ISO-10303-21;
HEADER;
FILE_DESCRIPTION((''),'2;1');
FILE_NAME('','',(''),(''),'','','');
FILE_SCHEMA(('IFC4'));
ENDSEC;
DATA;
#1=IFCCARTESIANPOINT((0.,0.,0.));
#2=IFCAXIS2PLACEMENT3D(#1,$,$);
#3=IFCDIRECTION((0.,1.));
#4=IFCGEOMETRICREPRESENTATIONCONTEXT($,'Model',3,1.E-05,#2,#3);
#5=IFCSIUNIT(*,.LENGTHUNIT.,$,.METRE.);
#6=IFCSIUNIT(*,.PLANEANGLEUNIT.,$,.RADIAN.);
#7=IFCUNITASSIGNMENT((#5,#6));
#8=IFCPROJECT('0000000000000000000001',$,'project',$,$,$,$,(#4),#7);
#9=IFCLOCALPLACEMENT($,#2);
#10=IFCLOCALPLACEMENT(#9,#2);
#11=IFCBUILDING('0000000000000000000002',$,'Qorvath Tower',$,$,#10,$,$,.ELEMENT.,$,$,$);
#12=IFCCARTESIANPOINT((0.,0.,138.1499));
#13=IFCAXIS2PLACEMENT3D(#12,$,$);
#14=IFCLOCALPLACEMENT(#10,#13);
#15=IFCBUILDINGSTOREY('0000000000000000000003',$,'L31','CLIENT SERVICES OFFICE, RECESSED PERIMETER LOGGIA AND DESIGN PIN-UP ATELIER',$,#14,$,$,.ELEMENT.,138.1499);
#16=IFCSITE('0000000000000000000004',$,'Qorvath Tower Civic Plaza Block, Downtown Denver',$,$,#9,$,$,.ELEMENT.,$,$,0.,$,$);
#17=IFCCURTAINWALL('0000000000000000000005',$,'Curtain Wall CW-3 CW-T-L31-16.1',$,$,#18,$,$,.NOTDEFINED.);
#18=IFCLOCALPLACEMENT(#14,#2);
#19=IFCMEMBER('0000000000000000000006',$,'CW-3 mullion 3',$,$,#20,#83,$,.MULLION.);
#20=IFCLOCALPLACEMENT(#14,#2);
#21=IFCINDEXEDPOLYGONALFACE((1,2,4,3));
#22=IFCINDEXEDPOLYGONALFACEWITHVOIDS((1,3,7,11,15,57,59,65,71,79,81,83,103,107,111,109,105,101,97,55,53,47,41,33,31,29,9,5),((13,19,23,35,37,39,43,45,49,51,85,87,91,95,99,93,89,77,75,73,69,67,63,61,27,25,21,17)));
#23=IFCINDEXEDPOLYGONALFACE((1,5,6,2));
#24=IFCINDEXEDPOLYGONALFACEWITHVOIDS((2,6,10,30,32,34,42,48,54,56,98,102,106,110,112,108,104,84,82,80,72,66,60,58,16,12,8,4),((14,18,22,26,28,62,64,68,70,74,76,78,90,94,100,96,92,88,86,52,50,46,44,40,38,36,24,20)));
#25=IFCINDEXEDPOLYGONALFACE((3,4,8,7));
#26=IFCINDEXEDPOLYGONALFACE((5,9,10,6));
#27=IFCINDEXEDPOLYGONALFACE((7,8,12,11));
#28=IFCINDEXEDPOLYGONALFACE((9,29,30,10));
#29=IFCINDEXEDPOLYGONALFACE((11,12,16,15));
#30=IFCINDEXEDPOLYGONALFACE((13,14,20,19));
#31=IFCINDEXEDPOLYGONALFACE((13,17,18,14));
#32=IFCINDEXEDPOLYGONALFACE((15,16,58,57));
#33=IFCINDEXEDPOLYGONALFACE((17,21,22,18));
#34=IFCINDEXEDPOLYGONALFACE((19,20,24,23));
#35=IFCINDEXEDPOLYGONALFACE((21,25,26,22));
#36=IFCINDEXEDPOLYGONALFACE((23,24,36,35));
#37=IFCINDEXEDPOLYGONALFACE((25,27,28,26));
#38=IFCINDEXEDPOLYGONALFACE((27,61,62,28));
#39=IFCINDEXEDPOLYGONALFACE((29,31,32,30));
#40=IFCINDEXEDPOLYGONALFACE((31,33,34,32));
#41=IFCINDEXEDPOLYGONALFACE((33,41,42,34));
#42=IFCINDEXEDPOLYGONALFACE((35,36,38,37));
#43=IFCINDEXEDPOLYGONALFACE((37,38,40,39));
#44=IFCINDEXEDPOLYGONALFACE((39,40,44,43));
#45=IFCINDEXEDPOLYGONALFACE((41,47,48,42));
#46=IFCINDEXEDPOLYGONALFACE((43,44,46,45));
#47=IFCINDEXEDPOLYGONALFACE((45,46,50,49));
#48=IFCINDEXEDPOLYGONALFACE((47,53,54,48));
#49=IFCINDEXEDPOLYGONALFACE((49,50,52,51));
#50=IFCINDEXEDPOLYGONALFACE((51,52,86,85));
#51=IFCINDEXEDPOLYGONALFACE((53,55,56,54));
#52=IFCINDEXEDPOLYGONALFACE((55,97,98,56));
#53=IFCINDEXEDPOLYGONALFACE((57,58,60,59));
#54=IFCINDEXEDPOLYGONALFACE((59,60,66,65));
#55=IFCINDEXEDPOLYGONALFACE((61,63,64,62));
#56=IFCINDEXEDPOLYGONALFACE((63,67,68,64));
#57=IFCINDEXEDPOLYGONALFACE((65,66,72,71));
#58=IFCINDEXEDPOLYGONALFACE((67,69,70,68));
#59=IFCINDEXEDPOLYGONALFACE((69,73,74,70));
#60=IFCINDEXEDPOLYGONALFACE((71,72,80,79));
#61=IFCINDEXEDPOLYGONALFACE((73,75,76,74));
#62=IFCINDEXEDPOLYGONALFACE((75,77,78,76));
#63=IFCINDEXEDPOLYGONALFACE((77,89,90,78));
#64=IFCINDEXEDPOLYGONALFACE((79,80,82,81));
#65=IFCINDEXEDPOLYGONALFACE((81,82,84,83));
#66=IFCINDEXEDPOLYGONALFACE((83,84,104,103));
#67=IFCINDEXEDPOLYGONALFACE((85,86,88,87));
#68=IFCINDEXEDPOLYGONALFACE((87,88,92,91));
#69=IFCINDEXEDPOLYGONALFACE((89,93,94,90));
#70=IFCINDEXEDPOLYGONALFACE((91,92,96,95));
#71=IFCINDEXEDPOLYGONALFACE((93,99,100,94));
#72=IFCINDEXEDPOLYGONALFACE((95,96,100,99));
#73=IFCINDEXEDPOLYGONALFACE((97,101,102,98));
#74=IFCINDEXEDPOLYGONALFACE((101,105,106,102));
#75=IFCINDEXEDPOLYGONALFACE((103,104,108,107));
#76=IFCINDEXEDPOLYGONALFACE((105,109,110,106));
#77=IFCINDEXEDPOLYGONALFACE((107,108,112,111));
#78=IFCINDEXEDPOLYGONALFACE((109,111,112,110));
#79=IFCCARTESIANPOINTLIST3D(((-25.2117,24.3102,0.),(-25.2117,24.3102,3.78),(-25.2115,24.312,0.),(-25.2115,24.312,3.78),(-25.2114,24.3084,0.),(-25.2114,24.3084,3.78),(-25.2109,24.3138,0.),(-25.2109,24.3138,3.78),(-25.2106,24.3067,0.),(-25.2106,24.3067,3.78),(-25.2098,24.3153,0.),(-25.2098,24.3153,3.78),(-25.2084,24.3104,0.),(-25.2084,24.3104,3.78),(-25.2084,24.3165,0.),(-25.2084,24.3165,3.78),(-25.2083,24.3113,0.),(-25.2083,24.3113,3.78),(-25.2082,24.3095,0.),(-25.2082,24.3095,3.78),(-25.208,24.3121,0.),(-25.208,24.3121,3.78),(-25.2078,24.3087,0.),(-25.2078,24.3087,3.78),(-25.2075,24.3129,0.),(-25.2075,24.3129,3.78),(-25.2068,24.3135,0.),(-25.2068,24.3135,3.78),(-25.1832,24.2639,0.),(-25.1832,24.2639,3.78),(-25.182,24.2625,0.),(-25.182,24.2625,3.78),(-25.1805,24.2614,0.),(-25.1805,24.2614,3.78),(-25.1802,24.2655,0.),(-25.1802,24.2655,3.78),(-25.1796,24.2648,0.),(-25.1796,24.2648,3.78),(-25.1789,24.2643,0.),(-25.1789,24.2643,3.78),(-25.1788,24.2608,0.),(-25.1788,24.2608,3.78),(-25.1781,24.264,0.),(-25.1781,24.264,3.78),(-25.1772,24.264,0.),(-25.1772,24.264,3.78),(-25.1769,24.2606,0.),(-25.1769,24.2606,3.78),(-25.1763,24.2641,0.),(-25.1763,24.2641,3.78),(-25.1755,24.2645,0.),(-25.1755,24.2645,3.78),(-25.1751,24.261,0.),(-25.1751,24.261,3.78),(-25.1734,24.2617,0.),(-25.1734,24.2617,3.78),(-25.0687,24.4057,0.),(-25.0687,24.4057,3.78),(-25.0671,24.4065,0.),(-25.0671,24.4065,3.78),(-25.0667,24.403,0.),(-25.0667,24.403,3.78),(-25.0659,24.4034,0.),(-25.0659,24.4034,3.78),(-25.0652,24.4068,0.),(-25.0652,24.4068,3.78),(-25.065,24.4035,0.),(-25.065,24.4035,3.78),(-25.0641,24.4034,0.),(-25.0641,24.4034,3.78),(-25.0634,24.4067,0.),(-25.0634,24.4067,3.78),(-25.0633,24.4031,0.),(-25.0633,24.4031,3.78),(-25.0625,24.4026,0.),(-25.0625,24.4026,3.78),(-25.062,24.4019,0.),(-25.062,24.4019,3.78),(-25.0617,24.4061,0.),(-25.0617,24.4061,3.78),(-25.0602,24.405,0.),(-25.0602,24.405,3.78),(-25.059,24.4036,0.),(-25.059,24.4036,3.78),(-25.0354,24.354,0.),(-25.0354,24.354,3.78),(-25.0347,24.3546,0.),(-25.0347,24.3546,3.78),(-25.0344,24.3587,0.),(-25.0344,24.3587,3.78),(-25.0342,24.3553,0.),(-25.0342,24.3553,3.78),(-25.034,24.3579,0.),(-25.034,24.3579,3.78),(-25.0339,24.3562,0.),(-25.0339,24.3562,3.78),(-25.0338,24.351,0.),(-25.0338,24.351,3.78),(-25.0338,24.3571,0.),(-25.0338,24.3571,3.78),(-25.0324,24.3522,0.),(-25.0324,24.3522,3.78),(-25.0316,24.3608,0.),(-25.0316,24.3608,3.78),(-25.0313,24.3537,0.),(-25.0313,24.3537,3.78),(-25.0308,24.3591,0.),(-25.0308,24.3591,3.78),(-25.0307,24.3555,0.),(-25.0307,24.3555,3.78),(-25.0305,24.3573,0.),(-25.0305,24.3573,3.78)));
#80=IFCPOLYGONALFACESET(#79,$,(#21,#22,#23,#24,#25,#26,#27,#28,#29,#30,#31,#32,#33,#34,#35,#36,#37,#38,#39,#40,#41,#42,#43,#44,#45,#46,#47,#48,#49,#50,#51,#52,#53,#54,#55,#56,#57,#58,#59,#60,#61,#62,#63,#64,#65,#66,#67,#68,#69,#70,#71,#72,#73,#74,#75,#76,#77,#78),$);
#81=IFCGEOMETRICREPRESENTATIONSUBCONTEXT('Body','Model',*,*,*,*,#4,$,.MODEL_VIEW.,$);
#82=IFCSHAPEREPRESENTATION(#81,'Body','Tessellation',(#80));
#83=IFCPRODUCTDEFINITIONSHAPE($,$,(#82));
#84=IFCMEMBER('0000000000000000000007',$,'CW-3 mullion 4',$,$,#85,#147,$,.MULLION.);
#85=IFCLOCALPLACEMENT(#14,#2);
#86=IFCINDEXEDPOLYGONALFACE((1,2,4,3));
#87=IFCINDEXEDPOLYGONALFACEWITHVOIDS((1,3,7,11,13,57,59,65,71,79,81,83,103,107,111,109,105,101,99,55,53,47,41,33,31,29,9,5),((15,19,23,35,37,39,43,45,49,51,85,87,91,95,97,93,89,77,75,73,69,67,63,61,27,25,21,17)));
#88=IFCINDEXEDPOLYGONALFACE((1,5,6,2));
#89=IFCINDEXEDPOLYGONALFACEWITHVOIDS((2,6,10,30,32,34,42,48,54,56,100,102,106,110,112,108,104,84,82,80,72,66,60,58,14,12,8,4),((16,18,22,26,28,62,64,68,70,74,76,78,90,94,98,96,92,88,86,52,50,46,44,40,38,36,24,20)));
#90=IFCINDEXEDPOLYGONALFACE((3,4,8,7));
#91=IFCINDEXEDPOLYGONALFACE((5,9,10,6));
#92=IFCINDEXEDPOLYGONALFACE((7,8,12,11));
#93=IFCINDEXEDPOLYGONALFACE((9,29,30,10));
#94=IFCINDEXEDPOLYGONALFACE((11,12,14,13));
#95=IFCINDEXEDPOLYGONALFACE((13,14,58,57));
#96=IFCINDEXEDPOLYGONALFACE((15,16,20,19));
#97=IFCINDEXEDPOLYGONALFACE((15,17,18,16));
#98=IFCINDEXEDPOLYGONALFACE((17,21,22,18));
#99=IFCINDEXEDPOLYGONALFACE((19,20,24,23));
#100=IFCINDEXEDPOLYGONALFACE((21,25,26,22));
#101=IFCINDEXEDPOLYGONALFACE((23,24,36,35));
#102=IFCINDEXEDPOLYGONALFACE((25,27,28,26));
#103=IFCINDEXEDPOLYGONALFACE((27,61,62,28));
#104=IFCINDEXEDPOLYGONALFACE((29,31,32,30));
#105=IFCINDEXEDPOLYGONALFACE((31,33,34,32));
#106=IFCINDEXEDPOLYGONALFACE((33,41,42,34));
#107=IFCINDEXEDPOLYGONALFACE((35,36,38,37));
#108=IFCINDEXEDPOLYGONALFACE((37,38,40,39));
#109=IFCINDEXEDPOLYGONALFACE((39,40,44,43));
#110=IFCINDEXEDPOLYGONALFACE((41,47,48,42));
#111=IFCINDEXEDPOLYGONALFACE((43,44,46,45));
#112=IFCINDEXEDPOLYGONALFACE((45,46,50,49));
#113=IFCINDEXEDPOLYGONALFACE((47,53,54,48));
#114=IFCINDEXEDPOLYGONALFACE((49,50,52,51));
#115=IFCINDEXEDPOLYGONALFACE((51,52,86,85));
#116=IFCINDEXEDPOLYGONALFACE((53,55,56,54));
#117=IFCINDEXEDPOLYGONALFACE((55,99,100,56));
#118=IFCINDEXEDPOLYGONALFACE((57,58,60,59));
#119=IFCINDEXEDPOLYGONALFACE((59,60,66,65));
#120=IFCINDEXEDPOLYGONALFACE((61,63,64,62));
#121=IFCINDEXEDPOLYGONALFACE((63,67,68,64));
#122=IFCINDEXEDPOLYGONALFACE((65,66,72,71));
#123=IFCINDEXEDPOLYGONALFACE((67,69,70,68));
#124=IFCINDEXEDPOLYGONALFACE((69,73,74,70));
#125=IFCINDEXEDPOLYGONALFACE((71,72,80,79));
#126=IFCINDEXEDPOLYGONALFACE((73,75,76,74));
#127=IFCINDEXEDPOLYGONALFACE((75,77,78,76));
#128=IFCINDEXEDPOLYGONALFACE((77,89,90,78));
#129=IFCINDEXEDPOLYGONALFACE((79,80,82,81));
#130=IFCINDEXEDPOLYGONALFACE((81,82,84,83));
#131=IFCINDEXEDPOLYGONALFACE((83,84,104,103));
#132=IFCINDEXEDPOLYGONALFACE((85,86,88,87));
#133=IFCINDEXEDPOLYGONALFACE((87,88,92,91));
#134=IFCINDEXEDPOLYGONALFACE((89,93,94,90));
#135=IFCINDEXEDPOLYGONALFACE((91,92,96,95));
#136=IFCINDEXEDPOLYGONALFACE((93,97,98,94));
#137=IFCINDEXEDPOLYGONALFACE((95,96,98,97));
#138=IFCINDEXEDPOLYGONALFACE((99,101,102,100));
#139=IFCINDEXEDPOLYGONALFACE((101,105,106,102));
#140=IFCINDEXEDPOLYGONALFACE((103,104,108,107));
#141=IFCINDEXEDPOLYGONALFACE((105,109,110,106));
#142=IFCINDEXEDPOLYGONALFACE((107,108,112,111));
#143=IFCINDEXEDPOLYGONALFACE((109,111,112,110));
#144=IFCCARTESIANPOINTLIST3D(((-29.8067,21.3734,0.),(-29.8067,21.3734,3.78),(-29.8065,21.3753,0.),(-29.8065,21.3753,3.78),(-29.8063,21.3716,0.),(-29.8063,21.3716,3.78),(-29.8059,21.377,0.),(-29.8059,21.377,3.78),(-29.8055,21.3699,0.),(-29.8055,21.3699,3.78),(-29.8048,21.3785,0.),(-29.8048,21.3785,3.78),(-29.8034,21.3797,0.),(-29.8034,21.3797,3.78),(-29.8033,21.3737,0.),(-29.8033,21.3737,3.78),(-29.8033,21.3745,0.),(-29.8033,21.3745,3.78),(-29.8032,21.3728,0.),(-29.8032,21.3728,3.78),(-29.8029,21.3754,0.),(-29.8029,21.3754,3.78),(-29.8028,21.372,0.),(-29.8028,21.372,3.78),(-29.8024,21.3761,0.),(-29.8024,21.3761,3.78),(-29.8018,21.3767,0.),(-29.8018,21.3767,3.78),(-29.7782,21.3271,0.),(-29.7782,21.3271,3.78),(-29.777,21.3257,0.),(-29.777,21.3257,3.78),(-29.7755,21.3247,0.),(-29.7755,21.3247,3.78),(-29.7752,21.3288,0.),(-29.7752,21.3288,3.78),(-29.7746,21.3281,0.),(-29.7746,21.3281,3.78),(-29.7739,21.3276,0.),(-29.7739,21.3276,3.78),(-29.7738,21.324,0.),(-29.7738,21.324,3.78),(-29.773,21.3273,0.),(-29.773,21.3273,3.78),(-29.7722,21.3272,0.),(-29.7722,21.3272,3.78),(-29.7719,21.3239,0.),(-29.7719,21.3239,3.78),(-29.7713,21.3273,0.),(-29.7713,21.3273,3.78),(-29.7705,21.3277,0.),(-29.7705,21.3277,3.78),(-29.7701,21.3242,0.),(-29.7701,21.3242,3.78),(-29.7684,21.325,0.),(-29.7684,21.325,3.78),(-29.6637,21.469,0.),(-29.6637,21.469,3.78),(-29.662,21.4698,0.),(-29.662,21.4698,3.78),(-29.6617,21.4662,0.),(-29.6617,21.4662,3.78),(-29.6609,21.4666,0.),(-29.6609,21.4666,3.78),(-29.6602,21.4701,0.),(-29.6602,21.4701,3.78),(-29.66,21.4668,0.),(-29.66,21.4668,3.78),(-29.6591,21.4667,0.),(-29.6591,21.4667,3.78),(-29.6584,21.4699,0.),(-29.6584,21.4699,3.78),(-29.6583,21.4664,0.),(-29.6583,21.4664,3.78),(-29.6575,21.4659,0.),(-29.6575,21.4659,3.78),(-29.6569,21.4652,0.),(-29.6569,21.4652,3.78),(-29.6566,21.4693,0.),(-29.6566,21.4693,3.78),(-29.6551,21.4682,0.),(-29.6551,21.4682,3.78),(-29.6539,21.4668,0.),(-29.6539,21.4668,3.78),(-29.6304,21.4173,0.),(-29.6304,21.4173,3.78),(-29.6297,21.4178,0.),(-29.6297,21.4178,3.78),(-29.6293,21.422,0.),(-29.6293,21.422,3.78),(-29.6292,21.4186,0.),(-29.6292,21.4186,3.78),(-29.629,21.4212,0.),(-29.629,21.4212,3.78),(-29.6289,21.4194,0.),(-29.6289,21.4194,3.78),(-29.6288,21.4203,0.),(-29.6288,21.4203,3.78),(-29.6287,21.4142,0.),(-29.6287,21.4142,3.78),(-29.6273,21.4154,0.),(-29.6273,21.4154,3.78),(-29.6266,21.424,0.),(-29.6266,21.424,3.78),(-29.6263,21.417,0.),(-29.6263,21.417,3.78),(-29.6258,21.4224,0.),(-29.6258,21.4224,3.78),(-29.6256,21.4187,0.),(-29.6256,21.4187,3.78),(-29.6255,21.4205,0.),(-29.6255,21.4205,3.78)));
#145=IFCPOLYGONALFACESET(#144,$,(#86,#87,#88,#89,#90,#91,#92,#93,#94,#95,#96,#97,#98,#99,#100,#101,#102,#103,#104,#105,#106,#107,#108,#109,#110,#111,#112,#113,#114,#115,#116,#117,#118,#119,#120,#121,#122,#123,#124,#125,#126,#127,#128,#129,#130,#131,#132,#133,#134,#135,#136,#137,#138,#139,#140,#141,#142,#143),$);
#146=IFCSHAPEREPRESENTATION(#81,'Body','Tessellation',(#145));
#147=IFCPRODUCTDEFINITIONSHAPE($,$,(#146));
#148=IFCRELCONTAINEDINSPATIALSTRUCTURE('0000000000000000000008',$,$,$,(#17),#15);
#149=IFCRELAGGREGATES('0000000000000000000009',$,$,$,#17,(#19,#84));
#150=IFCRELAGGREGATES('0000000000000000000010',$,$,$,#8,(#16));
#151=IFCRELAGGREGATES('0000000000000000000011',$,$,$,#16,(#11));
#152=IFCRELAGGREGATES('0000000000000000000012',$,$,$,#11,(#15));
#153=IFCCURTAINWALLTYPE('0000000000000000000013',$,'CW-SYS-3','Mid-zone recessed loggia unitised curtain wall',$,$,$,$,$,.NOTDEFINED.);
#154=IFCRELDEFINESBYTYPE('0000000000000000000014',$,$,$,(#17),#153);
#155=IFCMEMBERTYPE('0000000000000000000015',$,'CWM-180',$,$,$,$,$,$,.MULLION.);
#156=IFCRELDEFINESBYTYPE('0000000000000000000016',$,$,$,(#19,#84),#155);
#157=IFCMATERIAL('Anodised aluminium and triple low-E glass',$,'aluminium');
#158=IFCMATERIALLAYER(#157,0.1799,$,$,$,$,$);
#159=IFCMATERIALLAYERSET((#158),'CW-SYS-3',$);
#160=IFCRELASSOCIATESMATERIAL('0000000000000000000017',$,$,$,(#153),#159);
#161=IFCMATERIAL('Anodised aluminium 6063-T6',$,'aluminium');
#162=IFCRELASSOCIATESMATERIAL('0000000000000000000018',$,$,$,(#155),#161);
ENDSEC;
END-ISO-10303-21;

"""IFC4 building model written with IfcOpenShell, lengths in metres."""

from ifc_helpers import new_model, si_unit, direction, frame, origin, origin_2d, place, context, subcontext, project, spatial, hollow_rectangle, extrude, material, layer, layer_set, material_profile, profile_set, type_object, element, aggregate, save


model = new_model("IFC4")

# Units and contexts
model_context = context("Model", 3, precision=1e-05, world=origin(), true_north=direction((0.0, 1.0)))
body_context = subcontext(model_context, "Body", "Model", "MODEL_VIEW")
ifc_project = project(units=[si_unit("LENGTHUNIT", "METRE"), si_unit("PLANEANGLEUNIT", "RADIAN")], contexts=[model_context])

# Site, building, storey
site_placement = place(None, origin())
site = spatial("IfcSite", under=ifc_project, at=site_placement, Name="Qorvath Tower Civic Plaza Block, Downtown Denver", CompositionType="ELEMENT", RefElevation=0.0)
building_placement = place(site_placement, origin())
building = spatial("IfcBuilding", under=site, at=building_placement, Name="Qorvath Tower", CompositionType="ELEMENT")
storey_placement = place(building_placement, frame((0.0, 0.0, 138.1499)))
storey = spatial("IfcBuildingStorey", under=building, at=storey_placement, Name="L31", Description="CLIENT SERVICES OFFICE, RECESSED PERIMETER LOGGIA AND DESIGN PIN-UP ATELIER", CompositionType="ELEMENT", Elevation=138.1499)

# Curtain wall, members
ifc_material_1 = material(Name="Anodised aluminium and triple low-E glass", Category="aluminium")
ifc_layer_1 = layer(ifc_material_1, 0.1799)
ifc_layer_set_1 = layer_set([ifc_layer_1], Name="CW-SYS-3")
curtain_wall_type = type_object("IfcCurtainWallType", Name="CW-SYS-3", Description="Mid-zone recessed loggia unitised curtain wall", PredefinedType="NOTDEFINED", material=ifc_layer_set_1)
curtain_wall_placement = place(storey_placement, origin())
curtain_wall = element("IfcCurtainWall", 1, at=curtain_wall_placement, inside=storey, type_object=curtain_wall_type, Name="Curtain Wall CW-3 CW-T-L31-16.1", PredefinedType="NOTDEFINED")
ifc_material_2 = material(Name="Anodised aluminium 6063-T6", Category="aluminium")
ifc_material_profile_1 = material_profile(ifc_material_2, hollow_rectangle(XDim=0.0649, YDim=0.1799, WallThickness=0.0034, InnerFilletRadius=0.0034, OuterFilletRadius=0.0071, at=origin_2d()), Name="CWM 180x65")
ifc_profile_set_1 = profile_set([ifc_material_profile_1], Name="Anodised aluminium 6063-T6")
member_type_1 = type_object("IfcMemberType", Name="CWM-180", PredefinedType="MULLION", material=ifc_profile_set_1)
member_1_placement = place(storey_placement, frame((-25.1211, 24.3337, 0.0), z_axis=(0.0, 0.0, 1.0), x_axis=(0.538534, -0.842604, 0.0)))
member_1 = element("IfcMember", 2, at=member_1_placement, type_object=member_type_1, Name="CW-3 mullion 3", PredefinedType="MULLION", context=body_context, shape_type="SweptSolid", body=[
    extrude(hollow_rectangle(XDim=0.0649, YDim=0.1799, WallThickness=0.0034, InnerFilletRadius=0.0034, OuterFilletRadius=0.0071, at=origin_2d()), origin(), (0.0, 0.0, 1.0), 3.78),
])
member_2_placement = place(storey_placement, frame((-29.7161, 21.397, 0.0), z_axis=(0.0, 0.0, 1.0), x_axis=(0.538534, -0.842604, 0.0)))
member_2 = element("IfcMember", 3, at=member_2_placement, type_object=member_type_1, Name="CW-3 mullion 4", PredefinedType="MULLION", context=body_context, shape_type="SweptSolid", body=[
    extrude(hollow_rectangle(XDim=0.0649, YDim=0.1799, WallThickness=0.0034, InnerFilletRadius=0.0034, OuterFilletRadius=0.0071, at=origin_2d()), origin(), (0.0, 0.0, 1.0), 3.78),
])
aggregate(curtain_wall, [member_1, member_2])

save(model, "model.ifc")
